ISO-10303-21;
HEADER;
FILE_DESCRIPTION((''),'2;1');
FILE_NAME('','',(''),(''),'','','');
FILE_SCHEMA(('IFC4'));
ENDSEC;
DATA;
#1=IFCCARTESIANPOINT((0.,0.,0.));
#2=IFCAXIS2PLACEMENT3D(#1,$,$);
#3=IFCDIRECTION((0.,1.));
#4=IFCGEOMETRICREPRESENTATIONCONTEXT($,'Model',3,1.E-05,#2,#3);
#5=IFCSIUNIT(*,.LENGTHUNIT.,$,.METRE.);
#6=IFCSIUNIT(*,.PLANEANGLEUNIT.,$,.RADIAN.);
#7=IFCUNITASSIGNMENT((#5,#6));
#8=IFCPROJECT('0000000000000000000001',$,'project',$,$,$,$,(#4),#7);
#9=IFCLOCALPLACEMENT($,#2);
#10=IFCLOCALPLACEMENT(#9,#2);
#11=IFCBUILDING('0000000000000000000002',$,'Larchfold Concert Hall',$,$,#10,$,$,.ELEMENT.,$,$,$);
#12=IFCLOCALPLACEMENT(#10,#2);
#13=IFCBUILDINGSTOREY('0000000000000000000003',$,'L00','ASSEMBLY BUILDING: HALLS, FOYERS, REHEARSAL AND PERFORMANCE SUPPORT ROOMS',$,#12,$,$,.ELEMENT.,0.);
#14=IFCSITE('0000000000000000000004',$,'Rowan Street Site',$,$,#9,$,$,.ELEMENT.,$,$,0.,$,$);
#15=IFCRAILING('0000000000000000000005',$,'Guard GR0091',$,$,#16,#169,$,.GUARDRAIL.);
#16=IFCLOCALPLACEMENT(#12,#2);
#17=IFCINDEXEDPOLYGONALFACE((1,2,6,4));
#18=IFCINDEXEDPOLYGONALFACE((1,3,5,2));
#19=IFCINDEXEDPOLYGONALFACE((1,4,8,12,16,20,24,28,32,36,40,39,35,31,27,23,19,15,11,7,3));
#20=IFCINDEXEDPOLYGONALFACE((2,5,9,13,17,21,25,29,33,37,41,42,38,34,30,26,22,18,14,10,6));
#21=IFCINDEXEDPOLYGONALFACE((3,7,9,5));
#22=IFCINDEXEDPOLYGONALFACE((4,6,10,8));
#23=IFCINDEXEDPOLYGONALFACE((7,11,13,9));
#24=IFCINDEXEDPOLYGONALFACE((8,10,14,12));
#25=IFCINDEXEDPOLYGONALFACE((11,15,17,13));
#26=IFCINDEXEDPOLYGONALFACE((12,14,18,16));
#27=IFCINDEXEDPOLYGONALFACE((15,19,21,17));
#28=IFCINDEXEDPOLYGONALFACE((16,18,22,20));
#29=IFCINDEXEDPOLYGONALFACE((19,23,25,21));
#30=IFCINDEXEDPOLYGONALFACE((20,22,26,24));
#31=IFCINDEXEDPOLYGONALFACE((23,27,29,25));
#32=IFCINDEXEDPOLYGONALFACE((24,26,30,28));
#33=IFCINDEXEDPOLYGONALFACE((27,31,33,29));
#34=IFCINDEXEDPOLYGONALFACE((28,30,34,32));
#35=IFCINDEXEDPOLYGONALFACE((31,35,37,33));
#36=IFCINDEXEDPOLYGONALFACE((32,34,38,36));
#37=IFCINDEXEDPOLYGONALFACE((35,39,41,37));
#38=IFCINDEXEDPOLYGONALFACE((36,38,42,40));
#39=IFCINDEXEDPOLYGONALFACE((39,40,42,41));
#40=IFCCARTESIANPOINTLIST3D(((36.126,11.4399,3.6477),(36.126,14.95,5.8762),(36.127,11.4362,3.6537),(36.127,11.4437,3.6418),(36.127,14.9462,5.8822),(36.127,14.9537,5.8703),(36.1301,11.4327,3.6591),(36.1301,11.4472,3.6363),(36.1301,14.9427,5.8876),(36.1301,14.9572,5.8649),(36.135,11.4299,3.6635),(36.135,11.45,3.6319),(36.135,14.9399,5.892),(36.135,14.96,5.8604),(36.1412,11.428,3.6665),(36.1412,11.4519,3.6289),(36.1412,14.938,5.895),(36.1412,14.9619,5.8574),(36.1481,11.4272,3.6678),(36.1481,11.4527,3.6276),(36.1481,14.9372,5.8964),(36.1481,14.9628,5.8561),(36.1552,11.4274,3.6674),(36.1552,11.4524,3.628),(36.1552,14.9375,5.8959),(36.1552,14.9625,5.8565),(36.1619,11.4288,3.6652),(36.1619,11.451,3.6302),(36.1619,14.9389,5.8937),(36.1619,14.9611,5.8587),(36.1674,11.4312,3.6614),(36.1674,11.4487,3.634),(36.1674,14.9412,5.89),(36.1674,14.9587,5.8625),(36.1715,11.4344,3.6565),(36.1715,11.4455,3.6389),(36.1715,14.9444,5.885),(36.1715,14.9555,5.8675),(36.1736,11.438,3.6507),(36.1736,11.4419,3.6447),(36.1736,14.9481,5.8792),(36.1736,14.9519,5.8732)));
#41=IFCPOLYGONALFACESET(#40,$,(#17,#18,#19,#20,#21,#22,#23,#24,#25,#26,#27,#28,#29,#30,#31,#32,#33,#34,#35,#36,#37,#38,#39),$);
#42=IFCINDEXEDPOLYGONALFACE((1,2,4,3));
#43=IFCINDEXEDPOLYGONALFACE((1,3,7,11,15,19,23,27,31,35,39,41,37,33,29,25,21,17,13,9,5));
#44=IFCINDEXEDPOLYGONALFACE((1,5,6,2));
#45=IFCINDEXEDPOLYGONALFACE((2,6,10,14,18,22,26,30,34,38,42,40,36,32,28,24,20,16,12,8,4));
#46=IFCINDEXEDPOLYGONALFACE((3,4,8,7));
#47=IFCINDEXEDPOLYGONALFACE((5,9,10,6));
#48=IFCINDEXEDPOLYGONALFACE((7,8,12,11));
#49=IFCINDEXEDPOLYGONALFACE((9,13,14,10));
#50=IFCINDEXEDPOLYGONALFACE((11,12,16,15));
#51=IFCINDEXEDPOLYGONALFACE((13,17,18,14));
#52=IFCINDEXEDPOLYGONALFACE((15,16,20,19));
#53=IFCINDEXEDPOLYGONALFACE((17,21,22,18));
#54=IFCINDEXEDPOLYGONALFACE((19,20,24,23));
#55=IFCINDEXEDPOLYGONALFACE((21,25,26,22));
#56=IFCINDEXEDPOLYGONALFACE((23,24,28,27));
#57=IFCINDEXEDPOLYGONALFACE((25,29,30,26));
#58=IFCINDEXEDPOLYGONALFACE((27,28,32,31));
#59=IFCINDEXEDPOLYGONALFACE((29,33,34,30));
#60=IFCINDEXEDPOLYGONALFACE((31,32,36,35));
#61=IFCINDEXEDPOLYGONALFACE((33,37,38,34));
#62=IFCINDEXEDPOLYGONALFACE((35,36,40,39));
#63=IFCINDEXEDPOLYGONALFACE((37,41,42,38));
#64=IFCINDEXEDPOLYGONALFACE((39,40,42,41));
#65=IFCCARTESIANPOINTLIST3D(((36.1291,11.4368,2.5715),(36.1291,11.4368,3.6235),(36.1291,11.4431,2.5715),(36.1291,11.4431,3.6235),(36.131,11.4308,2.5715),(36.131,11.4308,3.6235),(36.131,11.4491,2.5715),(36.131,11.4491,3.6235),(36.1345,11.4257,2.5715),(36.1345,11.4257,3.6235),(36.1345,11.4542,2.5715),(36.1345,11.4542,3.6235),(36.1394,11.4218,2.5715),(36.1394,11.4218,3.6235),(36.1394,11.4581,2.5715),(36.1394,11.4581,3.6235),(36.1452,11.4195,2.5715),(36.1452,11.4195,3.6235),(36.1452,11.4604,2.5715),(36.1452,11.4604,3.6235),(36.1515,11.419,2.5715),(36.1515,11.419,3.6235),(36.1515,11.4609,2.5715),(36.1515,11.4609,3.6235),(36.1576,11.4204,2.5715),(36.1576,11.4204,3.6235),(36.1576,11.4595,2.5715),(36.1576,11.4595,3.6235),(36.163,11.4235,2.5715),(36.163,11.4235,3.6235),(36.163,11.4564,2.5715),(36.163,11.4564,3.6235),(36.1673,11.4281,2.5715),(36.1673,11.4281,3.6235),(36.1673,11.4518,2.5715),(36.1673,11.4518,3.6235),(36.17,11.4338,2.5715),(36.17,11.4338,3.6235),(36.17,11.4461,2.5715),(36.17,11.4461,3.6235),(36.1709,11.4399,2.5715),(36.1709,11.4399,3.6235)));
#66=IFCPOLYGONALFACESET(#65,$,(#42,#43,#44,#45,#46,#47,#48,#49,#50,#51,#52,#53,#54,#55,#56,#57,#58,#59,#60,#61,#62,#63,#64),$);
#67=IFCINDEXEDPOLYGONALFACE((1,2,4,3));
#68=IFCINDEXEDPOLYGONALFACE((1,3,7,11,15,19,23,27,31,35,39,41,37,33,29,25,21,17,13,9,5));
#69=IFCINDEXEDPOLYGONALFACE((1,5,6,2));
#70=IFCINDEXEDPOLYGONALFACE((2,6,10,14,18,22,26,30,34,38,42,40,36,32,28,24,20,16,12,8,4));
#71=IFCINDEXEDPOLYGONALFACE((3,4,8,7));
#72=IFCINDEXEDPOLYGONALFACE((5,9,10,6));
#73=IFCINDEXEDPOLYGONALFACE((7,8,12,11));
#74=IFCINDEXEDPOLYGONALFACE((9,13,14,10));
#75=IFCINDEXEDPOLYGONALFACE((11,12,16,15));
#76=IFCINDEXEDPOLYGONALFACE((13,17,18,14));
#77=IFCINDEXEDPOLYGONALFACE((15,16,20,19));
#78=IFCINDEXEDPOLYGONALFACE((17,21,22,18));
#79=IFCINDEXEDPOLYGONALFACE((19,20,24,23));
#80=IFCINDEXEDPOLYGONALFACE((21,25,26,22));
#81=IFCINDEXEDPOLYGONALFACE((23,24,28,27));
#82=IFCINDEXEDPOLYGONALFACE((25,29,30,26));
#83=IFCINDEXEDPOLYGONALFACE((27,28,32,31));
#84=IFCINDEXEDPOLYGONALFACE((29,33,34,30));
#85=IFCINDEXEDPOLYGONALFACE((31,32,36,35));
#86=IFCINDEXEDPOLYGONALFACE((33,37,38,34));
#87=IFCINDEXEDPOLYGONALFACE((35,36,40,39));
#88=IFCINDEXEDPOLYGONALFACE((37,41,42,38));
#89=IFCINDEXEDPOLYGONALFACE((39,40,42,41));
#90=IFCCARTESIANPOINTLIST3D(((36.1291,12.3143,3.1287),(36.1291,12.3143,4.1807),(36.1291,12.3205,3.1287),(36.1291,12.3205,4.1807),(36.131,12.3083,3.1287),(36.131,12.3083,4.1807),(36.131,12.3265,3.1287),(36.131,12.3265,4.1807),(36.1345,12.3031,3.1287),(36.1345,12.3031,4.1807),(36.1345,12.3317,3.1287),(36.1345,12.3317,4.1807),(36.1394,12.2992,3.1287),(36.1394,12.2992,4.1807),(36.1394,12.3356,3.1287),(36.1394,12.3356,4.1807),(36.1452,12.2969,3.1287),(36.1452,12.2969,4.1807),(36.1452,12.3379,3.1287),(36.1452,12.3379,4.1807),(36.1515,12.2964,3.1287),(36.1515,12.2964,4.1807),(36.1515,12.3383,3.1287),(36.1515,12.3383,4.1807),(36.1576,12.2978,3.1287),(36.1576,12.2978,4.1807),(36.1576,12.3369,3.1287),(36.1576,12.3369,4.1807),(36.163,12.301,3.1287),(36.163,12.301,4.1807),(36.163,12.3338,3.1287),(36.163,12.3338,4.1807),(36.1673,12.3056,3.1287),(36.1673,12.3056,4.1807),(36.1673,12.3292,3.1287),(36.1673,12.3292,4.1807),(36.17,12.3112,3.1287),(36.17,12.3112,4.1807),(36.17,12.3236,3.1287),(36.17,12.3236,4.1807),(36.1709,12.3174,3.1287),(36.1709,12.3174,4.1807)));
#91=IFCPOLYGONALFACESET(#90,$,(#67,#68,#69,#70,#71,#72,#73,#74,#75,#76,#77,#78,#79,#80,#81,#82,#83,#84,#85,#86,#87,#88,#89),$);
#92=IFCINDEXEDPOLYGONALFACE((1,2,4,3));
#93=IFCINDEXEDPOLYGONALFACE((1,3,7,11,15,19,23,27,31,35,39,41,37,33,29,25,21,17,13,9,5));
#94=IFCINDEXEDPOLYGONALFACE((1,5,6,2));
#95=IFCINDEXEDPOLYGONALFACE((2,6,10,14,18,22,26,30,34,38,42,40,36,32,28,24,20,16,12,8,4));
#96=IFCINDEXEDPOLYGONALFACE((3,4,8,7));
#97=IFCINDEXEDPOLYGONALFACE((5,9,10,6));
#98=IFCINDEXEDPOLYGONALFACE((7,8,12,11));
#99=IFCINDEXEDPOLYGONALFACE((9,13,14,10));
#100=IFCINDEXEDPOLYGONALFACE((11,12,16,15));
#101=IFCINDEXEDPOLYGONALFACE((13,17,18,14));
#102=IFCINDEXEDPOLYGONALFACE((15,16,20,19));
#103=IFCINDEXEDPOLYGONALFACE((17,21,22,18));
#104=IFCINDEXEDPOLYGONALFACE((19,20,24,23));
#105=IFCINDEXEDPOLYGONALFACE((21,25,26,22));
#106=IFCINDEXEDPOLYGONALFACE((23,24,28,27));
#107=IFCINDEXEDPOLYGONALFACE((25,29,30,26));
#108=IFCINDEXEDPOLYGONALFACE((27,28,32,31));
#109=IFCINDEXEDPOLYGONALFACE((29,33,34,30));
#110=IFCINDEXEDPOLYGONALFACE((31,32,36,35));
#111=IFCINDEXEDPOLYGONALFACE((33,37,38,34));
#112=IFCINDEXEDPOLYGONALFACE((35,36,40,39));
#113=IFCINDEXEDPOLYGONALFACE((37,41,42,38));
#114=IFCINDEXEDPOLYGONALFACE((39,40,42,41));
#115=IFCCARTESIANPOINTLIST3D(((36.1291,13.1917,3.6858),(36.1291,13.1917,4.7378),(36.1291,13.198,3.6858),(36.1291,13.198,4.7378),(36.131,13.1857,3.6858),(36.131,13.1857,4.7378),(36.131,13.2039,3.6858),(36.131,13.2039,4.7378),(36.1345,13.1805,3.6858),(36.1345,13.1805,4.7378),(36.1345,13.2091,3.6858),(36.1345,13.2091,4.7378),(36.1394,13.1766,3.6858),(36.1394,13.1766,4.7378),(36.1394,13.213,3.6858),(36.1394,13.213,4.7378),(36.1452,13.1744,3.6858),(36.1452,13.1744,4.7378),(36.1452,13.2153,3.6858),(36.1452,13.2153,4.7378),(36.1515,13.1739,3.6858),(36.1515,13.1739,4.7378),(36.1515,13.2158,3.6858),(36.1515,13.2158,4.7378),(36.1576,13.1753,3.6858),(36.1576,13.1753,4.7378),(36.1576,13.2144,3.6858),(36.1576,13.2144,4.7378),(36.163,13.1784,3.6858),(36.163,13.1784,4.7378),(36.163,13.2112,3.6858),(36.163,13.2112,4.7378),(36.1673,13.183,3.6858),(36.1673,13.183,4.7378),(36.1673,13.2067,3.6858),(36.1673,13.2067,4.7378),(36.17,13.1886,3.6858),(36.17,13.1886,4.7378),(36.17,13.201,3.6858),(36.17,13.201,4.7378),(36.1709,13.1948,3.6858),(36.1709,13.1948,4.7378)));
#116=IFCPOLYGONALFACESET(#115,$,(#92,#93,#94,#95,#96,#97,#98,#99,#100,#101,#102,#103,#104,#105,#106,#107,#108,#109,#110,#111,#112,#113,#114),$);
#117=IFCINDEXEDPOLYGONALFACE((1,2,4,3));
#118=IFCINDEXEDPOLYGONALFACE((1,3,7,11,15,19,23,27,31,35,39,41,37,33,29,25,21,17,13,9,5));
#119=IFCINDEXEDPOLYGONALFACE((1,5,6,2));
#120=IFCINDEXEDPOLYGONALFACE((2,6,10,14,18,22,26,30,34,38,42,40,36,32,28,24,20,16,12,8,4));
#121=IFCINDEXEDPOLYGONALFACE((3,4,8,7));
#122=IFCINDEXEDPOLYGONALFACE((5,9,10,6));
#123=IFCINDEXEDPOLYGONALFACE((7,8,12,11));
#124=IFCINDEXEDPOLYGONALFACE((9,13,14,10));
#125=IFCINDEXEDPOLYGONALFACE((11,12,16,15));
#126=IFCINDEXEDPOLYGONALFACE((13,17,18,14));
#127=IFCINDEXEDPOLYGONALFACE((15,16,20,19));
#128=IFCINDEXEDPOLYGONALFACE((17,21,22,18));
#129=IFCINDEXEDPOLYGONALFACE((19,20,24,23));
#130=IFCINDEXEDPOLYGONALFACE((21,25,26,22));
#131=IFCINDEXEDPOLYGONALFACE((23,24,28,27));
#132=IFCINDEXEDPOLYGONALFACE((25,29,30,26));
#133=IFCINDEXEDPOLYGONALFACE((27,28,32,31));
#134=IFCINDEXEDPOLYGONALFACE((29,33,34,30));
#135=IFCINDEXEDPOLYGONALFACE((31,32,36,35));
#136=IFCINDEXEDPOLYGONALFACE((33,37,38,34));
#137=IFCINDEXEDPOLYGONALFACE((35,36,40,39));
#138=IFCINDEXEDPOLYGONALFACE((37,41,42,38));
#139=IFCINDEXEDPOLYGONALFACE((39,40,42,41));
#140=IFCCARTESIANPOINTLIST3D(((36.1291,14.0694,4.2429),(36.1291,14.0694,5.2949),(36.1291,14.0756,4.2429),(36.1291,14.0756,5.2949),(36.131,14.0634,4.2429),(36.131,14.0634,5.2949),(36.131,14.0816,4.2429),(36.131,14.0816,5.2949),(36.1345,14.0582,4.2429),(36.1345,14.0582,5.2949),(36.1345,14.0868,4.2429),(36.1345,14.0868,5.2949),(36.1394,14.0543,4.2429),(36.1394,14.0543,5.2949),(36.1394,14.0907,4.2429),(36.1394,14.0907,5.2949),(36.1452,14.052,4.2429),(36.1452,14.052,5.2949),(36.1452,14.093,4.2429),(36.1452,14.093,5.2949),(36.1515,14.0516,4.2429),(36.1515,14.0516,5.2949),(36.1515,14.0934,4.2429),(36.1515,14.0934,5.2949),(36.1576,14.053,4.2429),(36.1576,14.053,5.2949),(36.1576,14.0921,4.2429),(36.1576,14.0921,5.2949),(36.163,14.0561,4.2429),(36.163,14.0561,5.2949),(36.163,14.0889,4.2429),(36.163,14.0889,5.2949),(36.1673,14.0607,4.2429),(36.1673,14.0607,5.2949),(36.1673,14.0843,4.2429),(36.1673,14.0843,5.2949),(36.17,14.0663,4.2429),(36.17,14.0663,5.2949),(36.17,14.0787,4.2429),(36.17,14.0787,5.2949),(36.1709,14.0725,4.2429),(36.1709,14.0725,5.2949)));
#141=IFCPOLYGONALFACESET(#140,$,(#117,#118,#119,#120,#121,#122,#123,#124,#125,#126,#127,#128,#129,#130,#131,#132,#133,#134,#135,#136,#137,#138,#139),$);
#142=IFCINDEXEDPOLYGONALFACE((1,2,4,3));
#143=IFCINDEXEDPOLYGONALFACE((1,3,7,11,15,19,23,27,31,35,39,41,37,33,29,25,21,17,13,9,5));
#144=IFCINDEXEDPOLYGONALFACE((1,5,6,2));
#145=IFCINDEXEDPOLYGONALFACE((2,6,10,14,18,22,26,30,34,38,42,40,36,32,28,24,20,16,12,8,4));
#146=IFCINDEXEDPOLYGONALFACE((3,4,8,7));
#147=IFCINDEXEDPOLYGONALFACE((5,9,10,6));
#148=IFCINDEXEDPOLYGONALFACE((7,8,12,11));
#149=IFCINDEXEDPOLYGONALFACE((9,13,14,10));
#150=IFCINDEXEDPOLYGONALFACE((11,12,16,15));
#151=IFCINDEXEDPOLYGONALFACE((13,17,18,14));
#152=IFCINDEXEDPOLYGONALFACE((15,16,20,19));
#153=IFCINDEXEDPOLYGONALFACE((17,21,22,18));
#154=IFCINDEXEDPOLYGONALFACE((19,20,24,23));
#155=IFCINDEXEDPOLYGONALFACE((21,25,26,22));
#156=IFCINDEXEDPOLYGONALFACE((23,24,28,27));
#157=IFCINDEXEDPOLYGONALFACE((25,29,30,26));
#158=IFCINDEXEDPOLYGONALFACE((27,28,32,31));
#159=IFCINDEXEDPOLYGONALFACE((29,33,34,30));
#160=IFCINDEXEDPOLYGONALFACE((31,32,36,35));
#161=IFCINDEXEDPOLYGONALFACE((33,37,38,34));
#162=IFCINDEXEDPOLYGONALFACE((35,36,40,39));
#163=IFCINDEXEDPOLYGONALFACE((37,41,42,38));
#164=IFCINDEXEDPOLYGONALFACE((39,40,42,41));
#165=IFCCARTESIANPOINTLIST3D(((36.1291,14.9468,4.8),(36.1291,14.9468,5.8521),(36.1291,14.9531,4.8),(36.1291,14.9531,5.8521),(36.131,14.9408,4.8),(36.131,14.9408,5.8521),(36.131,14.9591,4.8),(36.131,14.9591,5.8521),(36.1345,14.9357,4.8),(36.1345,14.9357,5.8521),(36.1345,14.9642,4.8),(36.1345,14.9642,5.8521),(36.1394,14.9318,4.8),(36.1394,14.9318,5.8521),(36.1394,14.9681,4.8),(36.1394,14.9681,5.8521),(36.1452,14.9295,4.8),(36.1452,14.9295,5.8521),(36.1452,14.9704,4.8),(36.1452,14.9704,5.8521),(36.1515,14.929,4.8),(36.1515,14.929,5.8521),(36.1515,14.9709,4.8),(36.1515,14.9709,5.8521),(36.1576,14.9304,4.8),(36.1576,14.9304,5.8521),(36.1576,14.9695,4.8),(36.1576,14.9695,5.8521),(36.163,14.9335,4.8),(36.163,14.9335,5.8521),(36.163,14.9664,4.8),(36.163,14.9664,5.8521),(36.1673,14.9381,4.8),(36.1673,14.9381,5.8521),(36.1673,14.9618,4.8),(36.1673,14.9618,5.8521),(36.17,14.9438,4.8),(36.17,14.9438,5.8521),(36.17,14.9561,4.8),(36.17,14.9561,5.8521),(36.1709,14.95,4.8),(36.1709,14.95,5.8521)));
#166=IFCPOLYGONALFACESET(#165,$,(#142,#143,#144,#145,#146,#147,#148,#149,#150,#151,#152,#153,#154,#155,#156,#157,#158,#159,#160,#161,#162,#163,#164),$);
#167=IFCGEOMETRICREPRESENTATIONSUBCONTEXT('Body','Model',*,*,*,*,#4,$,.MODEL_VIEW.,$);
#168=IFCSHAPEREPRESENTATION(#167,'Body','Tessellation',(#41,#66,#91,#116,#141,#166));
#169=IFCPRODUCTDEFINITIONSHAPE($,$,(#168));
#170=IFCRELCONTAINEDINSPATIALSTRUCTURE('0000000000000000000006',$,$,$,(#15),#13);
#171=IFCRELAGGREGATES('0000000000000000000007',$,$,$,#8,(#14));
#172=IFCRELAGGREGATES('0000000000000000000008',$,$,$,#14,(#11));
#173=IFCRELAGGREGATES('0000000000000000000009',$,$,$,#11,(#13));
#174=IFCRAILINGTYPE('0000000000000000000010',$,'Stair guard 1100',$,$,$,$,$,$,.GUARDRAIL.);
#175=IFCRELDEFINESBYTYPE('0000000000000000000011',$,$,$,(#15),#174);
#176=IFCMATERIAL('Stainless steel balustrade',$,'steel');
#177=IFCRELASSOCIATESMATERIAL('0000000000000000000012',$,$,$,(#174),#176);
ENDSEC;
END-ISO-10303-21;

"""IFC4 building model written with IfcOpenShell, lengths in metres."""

from ifc_helpers import new_model, si_unit, direction, frame, origin, origin_2d, place, context, subcontext, project, spatial, circle, extrude, material, type_object, element, save


model = new_model("IFC4")

# Units and contexts
model_context = context("Model", 3, precision=1e-05, world=origin(), true_north=direction((0.0, 1.0)))
body_context = subcontext(model_context, "Body", "Model", "MODEL_VIEW")
ifc_project = project(units=[si_unit("LENGTHUNIT", "METRE"), si_unit("PLANEANGLEUNIT", "RADIAN")], contexts=[model_context])

# Site, building, storey
site_placement = place(None, origin())
site = spatial("IfcSite", under=ifc_project, at=site_placement, Name="Rowan Street Site", CompositionType="ELEMENT", RefElevation=0.0)
building_placement = place(site_placement, origin())
building = spatial("IfcBuilding", under=site, at=building_placement, Name="Larchfold Concert Hall", CompositionType="ELEMENT")
storey_placement = place(building_placement, origin())
storey = spatial("IfcBuildingStorey", under=building, at=storey_placement, Name="L00", Description="ASSEMBLY BUILDING: HALLS, FOYERS, REHEARSAL AND PERFORMANCE SUPPORT ROOMS", CompositionType="ELEMENT", Elevation=0.0)

# Railing
ifc_material_1 = material(Name="Stainless steel balustrade", Category="steel")
railing_type_1 = type_object("IfcRailingType", Name="Stair guard 1100", PredefinedType="GUARDRAIL", material=ifc_material_1)
railing_1_placement = place(storey_placement, frame((36.1499, 11.4399, 2.5715)))
element("IfcRailing", 1, at=railing_1_placement, inside=storey, type_object=railing_type_1, Name="Guard GR0091", PredefinedType="GUARDRAIL", context=body_context, shape_type="SweptSolid", body=[
    extrude(circle(Radius=0.0239, at=origin_2d()), frame((0.0, 0.0, 1.0762), z_axis=(0.0, 0.84422, 0.535998), x_axis=(-1.0, 0.0, 0.0)), (0.0, 0.0, 1.0), 4.1577),
    extrude(circle(Radius=0.021, at=origin_2d()), origin(), (0.0, 0.0, 1.0), 1.052),
    extrude(circle(Radius=0.021, at=origin_2d()), frame((0.0, 0.8774, 0.5571)), (0.0, 0.0, 1.0), 1.052),
    extrude(circle(Radius=0.021, at=origin_2d()), frame((0.0, 1.7549, 1.1143)), (0.0, 0.0, 1.0), 1.052),
    extrude(circle(Radius=0.021, at=origin_2d()), frame((0.0, 2.6326, 1.6714)), (0.0, 0.0, 1.0), 1.052),
    extrude(circle(Radius=0.021, at=origin_2d()), frame((0.0, 3.51, 2.2285)), (0.0, 0.0, 1.0), 1.052),
])

save(model, "model.ifc")
